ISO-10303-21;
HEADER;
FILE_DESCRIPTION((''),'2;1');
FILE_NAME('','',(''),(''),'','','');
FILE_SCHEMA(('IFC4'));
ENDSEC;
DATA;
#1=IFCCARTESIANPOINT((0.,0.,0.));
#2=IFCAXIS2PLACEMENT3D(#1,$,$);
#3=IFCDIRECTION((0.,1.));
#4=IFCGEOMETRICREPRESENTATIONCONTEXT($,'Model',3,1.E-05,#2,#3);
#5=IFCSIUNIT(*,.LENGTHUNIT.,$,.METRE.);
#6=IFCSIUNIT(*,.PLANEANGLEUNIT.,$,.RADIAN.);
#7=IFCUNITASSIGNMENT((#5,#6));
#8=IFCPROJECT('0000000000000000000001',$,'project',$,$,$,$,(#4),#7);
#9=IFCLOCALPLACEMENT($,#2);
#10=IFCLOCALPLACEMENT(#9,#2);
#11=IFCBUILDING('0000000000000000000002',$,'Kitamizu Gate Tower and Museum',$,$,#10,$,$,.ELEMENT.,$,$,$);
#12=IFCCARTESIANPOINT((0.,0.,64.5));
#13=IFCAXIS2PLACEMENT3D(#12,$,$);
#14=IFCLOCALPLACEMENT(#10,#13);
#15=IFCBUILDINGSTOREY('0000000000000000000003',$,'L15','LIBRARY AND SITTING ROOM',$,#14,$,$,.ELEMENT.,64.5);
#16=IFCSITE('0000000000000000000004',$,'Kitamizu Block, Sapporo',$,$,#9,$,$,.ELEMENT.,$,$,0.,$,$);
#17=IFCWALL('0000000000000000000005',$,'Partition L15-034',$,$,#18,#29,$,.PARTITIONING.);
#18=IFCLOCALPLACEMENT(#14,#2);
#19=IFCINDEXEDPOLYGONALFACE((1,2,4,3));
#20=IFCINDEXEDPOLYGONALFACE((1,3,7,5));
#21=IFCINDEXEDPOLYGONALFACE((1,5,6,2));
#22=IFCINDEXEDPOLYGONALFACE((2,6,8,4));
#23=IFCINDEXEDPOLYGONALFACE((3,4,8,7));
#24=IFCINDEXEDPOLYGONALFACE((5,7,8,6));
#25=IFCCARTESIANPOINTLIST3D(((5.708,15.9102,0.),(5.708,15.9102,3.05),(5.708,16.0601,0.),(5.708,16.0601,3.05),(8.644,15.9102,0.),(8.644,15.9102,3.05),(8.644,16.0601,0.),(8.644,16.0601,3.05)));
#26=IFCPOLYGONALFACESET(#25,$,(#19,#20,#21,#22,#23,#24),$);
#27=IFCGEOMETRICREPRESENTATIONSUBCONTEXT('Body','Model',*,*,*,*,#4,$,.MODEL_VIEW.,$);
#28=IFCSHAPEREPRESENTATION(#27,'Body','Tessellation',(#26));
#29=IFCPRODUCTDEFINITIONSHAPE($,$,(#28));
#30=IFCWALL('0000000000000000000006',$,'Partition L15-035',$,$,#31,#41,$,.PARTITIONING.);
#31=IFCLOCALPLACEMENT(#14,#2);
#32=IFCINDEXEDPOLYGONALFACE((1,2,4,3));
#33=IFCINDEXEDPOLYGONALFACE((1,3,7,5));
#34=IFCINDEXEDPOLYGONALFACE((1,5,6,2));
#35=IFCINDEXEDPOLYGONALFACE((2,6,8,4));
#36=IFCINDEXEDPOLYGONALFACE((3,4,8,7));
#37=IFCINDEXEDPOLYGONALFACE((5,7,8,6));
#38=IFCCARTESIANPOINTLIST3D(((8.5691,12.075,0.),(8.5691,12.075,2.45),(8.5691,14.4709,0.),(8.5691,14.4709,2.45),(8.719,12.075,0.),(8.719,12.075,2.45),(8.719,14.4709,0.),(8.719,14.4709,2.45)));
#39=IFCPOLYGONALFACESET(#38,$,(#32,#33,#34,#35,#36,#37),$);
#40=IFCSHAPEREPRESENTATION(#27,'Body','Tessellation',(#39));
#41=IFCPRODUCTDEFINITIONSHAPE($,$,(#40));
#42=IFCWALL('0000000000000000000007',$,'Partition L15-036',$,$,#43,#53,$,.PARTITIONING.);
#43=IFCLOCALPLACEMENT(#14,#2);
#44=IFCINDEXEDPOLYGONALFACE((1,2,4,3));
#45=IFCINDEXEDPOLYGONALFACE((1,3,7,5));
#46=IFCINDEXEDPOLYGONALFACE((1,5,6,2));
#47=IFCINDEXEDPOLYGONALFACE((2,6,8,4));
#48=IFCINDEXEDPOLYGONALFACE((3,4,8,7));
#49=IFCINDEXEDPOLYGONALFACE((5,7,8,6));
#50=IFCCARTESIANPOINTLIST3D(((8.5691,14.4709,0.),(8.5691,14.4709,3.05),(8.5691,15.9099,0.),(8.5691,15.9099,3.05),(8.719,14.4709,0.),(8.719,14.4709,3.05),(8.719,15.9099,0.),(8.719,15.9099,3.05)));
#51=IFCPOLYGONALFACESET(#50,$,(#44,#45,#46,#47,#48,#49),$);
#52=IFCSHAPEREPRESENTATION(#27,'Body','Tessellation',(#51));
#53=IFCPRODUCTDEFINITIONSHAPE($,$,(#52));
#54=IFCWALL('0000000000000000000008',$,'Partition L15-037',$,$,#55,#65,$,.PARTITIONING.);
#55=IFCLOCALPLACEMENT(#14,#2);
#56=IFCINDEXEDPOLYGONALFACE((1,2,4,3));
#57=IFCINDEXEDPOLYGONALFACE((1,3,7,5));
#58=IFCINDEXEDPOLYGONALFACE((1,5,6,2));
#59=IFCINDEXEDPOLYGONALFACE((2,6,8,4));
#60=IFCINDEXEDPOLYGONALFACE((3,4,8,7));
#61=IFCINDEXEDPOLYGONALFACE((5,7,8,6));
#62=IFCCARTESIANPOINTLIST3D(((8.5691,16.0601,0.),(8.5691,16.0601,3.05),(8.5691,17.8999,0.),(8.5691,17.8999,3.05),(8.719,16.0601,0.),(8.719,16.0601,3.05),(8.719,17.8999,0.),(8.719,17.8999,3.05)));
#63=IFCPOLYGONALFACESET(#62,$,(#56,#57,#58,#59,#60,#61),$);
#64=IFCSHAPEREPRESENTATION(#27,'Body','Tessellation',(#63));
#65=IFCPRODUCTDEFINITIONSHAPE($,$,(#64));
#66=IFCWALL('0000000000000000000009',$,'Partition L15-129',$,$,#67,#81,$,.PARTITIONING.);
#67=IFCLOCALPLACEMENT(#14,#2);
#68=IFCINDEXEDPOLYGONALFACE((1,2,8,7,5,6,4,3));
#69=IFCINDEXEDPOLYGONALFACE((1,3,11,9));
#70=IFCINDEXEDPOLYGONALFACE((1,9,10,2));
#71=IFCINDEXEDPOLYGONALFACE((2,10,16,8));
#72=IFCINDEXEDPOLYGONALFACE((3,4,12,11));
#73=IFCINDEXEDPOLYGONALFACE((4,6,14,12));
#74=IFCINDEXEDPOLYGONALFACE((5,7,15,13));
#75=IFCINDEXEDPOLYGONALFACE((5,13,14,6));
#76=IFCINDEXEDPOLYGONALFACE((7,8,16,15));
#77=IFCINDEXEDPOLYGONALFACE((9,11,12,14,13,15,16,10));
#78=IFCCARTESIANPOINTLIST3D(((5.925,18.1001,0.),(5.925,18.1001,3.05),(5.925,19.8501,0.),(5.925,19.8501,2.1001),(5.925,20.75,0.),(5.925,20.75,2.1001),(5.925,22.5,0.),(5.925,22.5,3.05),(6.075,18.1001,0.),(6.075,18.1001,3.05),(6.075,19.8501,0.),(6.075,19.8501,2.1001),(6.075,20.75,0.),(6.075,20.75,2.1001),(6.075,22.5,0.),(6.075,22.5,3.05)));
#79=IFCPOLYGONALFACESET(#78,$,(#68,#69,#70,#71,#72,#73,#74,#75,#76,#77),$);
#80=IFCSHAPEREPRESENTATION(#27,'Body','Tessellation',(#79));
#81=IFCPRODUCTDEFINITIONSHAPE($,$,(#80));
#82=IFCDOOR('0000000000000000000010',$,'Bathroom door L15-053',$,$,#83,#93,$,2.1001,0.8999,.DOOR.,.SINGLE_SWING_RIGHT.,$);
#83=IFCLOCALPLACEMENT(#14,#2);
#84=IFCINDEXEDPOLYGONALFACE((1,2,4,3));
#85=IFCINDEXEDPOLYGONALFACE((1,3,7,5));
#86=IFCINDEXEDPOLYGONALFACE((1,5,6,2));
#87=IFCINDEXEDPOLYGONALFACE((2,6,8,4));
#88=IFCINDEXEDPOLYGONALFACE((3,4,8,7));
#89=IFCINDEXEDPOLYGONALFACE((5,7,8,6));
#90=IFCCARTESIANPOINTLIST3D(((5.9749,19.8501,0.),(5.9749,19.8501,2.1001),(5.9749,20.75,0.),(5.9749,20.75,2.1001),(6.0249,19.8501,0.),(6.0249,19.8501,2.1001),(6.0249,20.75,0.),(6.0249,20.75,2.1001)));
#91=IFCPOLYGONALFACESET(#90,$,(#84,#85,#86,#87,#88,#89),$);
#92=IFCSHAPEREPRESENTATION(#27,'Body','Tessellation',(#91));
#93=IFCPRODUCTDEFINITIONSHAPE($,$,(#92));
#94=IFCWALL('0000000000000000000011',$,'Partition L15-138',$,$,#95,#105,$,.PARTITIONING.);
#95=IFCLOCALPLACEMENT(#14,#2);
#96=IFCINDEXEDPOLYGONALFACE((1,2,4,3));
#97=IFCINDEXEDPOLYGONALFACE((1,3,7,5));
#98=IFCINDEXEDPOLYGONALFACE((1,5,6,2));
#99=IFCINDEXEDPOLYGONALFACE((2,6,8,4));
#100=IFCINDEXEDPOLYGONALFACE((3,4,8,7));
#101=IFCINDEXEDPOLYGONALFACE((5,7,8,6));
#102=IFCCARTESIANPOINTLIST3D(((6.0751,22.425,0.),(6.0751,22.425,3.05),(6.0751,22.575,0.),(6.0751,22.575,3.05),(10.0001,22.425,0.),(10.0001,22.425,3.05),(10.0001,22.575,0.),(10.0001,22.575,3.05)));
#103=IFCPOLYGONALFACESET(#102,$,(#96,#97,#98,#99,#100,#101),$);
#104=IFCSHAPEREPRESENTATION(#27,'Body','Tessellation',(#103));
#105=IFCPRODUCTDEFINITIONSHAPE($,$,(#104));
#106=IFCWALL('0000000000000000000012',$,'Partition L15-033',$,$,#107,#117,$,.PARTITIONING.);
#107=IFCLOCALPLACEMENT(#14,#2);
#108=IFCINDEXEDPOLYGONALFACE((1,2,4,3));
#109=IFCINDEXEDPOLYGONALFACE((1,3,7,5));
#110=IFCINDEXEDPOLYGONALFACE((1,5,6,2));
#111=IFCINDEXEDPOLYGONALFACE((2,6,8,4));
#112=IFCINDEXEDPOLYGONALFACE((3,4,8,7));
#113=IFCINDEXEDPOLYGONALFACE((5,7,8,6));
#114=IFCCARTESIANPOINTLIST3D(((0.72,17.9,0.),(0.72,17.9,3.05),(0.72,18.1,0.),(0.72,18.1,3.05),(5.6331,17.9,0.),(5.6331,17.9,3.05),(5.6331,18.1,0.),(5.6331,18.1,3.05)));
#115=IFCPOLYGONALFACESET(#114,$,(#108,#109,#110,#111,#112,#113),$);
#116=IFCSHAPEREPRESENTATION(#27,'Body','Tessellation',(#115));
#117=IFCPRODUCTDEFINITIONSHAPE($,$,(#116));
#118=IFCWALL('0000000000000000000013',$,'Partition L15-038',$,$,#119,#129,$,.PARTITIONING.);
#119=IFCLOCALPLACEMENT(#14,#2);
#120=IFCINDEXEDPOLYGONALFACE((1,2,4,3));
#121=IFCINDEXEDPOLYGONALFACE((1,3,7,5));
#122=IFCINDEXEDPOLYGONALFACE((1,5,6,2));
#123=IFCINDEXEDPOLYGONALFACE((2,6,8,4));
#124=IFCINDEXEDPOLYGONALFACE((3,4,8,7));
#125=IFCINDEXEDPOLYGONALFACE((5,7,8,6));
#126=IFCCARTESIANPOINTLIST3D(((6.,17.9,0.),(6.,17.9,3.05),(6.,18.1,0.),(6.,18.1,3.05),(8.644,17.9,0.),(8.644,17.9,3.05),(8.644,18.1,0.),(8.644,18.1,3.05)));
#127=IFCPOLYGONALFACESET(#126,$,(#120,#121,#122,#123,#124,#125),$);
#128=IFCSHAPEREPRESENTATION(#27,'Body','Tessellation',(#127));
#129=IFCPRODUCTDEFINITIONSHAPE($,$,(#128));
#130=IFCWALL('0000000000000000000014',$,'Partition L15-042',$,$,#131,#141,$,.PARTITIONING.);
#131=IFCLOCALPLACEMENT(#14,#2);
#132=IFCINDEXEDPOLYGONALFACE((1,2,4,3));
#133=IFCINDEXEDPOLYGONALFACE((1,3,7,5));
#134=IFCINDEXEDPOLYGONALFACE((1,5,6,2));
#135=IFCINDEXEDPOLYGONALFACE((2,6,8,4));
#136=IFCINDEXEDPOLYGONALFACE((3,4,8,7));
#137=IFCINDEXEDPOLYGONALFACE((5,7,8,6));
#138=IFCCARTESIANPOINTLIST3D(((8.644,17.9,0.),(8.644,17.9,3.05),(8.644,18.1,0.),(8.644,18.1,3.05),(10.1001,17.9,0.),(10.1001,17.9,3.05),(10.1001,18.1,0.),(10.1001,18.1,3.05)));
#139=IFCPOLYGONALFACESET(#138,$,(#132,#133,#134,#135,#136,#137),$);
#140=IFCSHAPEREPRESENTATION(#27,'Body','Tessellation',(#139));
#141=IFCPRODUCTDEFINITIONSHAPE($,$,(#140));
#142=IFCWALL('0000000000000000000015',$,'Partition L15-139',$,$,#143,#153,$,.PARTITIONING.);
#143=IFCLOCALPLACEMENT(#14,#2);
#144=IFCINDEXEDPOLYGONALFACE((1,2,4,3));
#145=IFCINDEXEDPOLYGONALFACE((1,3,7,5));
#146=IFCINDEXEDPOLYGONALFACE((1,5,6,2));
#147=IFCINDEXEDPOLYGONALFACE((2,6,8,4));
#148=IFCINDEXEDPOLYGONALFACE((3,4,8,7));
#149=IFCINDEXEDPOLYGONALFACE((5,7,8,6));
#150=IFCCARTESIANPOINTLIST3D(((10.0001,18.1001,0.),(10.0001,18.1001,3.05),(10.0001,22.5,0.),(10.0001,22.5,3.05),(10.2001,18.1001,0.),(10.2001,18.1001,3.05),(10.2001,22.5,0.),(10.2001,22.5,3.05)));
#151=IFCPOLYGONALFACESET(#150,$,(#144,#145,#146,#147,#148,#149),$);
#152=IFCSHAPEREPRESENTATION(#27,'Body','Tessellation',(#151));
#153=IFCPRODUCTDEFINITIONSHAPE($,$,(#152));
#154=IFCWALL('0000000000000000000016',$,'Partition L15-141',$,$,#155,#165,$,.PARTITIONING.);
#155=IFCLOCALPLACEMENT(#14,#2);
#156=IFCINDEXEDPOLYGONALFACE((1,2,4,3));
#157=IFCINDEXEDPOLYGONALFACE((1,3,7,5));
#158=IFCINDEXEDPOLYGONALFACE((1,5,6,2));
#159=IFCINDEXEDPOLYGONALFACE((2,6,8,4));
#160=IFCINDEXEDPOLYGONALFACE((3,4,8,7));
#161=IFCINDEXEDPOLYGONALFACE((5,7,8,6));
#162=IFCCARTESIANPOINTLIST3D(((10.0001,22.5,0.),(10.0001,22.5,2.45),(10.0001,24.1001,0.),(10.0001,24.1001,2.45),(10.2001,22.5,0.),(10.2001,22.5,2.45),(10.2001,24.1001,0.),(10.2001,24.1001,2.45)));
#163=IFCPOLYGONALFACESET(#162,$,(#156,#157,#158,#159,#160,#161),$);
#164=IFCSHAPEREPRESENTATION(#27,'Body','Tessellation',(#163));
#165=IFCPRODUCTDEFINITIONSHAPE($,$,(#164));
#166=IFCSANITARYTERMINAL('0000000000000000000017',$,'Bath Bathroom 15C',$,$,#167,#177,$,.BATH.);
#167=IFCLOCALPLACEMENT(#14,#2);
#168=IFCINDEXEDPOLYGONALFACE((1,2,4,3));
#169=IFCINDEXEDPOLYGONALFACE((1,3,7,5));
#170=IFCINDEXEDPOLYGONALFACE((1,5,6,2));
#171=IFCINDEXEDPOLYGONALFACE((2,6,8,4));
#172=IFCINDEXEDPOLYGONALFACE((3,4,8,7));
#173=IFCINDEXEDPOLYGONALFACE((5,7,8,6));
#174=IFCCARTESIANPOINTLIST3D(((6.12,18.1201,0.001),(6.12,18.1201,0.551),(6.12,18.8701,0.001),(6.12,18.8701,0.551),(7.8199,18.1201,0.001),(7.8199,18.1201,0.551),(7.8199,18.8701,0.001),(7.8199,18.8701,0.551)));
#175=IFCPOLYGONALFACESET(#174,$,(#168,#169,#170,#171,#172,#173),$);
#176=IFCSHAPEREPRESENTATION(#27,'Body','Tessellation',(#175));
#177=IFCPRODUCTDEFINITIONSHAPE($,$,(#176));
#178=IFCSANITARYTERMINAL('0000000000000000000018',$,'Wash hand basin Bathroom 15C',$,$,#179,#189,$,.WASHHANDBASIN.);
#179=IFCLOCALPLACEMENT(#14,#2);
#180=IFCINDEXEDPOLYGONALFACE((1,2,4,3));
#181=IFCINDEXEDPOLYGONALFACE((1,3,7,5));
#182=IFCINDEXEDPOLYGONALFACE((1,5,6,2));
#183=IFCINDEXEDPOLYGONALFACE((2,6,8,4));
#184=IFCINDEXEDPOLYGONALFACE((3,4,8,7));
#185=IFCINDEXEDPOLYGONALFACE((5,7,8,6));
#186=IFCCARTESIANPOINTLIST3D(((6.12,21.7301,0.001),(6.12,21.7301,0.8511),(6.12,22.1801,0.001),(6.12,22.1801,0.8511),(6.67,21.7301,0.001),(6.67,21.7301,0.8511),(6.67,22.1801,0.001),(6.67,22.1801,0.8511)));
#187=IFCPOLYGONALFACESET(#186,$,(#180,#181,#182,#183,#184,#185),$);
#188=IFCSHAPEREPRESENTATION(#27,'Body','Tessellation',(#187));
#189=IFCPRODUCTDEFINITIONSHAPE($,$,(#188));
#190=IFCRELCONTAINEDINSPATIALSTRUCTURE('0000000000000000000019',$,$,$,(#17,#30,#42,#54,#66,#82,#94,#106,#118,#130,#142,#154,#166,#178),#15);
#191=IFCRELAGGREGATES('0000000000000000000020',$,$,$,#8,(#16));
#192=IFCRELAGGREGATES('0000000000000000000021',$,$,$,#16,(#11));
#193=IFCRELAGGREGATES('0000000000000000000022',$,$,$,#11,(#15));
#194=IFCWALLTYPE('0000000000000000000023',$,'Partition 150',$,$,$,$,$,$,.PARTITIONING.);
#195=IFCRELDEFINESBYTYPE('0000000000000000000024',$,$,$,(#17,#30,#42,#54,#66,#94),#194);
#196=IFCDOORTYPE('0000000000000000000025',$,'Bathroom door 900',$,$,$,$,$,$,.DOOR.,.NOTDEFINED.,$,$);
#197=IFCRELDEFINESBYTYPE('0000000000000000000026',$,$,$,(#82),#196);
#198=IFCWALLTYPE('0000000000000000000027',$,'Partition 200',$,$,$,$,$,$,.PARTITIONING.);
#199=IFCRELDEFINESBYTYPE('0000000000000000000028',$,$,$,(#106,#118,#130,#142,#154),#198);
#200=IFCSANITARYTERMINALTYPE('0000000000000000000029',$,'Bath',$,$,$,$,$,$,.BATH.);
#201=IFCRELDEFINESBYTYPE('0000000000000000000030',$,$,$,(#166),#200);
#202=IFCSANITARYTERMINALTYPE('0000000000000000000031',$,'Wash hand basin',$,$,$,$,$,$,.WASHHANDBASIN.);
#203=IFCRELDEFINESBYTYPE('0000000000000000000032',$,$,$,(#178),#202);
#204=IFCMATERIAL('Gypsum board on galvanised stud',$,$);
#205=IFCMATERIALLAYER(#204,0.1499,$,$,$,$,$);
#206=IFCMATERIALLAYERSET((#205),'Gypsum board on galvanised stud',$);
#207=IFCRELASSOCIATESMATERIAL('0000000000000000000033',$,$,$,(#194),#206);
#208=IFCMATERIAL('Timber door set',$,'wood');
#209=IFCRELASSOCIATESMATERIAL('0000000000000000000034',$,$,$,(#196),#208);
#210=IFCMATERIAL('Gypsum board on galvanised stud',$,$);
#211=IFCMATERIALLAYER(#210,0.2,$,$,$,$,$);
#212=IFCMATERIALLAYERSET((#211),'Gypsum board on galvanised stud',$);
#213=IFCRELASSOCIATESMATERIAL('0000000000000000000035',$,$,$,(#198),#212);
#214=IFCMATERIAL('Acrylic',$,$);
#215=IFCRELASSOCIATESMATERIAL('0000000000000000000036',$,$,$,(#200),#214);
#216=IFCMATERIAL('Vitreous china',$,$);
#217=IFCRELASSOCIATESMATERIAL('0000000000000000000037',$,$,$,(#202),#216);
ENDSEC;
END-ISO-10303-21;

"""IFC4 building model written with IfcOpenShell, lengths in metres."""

from ifc_helpers import new_model, si_unit, direction, frame, frame_2d, origin, origin_2d, place, context, subcontext, project, spatial, rectangle, extrude, material, layer, layer_set, type_object, element, fill, save


model = new_model("IFC4")

# Units and contexts
model_context = context("Model", 3, precision=1e-05, world=origin(), true_north=direction((0.0, 1.0)))
body_context = subcontext(model_context, "Body", "Model", "MODEL_VIEW")
ifc_project = project(units=[si_unit("LENGTHUNIT", "METRE"), si_unit("PLANEANGLEUNIT", "RADIAN")], contexts=[model_context])

# Site, building, storey
site_placement = place(None, origin())
site = spatial("IfcSite", under=ifc_project, at=site_placement, Name="Kitamizu Block, Sapporo", CompositionType="ELEMENT", RefElevation=0.0)
building_placement = place(site_placement, origin())
building = spatial("IfcBuilding", under=site, at=building_placement, Name="Kitamizu Gate Tower and Museum", CompositionType="ELEMENT")
storey_placement = place(building_placement, frame((0.0, 0.0, 64.5)))
storey = spatial("IfcBuildingStorey", under=building, at=storey_placement, Name="L15", Description="LIBRARY AND SITTING ROOM", CompositionType="ELEMENT", Elevation=64.5)

# Shared definitions
ifc_material_1 = material(Name="Gypsum board on galvanised stud")
ifc_layer_1 = layer(ifc_material_1, 0.1499)
ifc_layer_set_1 = layer_set([ifc_layer_1], Name="Gypsum board on galvanised stud")
wall_type_1 = type_object("IfcWallType", Name="Partition 150", PredefinedType="PARTITIONING", material=ifc_layer_set_1)

# Shared definitions
ifc_material_2 = material(Name="Timber door set", Category="wood")
door_type_1 = type_object("IfcDoorType", Name="Bathroom door 900", OperationType="NOTDEFINED", PredefinedType="DOOR", material=ifc_material_2)

# Walls
wall_1_placement = place(storey_placement, frame((8.644, 15.9851, 0.0), z_axis=(0.0, 0.0, 1.0), x_axis=(-1.0, 0.0, 0.0)))
element("IfcWall", 1, at=wall_1_placement, inside=storey, type_object=wall_type_1, Name="Partition L15-034", PredefinedType="PARTITIONING", context=body_context, shape_type="SweptSolid", body=[
    extrude(rectangle(XDim=2.936, YDim=0.1499, at=frame_2d((1.468, 0.0))), origin(), (0.0, 0.0, 1.0), 3.05),
])
wall_2_placement = place(storey_placement, frame((8.644, 12.075, 0.0), z_axis=(0.0, 0.0, 1.0), x_axis=(0.0, 1.0, 0.0)))
element("IfcWall", 2, at=wall_2_placement, inside=storey, type_object=wall_type_1, Name="Partition L15-035", PredefinedType="PARTITIONING", context=body_context, shape_type="SweptSolid", body=[
    extrude(rectangle(XDim=2.396, YDim=0.1499, at=frame_2d((1.198, 0.0))), origin(), (0.0, 0.0, 1.0), 2.45),
])
wall_3_placement = place(storey_placement, frame((8.644, 14.4709, 0.0), z_axis=(0.0, 0.0, 1.0), x_axis=(0.0, 1.0, 0.0)))
element("IfcWall", 3, at=wall_3_placement, inside=storey, type_object=wall_type_1, Name="Partition L15-036", PredefinedType="PARTITIONING", context=body_context, shape_type="SweptSolid", body=[
    extrude(rectangle(XDim=1.439, YDim=0.1499, at=frame_2d((0.7195, 0.0))), origin(), (0.0, 0.0, 1.0), 3.05),
])
wall_4_placement = place(storey_placement, frame((8.644, 16.0601, 0.0), z_axis=(0.0, 0.0, 1.0), x_axis=(0.0, 1.0, 0.0)))
element("IfcWall", 4, at=wall_4_placement, inside=storey, type_object=wall_type_1, Name="Partition L15-037", PredefinedType="PARTITIONING", context=body_context, shape_type="SweptSolid", body=[
    extrude(rectangle(XDim=1.8398, YDim=0.1499, at=frame_2d((0.9199, 0.0))), origin(), (0.0, 0.0, 1.0), 3.05),
])

# Wall, opening, door
wall_5_placement = place(storey_placement, frame((6.0, 18.1001, 0.0), z_axis=(0.0, 0.0, 1.0), x_axis=(0.0, 1.0, 0.0)))
wall_5 = element("IfcWall", 5, at=wall_5_placement, inside=storey, type_object=wall_type_1, Name="Partition L15-129", PredefinedType="PARTITIONING", context=body_context, shape_type="SweptSolid", body=[
    extrude(rectangle(XDim=4.3999, YDim=0.1499, at=frame_2d((2.2, 0.0))), origin(), (0.0, 0.0, 1.0), 3.05),
])
opening_1_placement = place(wall_5_placement, frame((1.75, 0.0, 0.0)))
opening_1 = element("IfcOpeningElement", 6, at=opening_1_placement, cuts=wall_5, PredefinedType="OPENING", context=body_context, shape_type="SweptSolid", body=[
    extrude(rectangle(XDim=0.8999, YDim=2.1001, at=frame_2d((0.45, 1.05))), frame((0.0, 0.085, 0.0), z_axis=(0.0, -1.0, 0.0), x_axis=(1.0, 0.0, 0.0)), (0.0, 0.0, 1.0), 0.1699),
])
door_1_placement = place(opening_1_placement, frame((0.8999, 0.0, 0.0), x_axis=(-1.0, 0.0, 0.0)))
door_1 = element("IfcDoor", 7, at=door_1_placement, inside=storey, type_object=door_type_1, Name="Bathroom door L15-053", OperationType="SINGLE_SWING_RIGHT", OverallHeight=2.1001, OverallWidth=0.8999, PredefinedType="DOOR", context=body_context, shape_type="SweptSolid", body=[
    extrude(rectangle(XDim=0.8999, YDim=2.1001, at=frame_2d((0.45, 1.05))), frame((0.0, 0.0249, 0.0), z_axis=(0.0, -1.0, 0.0), x_axis=(1.0, 0.0, 0.0)), (0.0, 0.0, 1.0), 0.05),
])
fill(opening_1, door_1)

# Walls
wall_6_placement = place(storey_placement, frame((10.0, 22.5, 0.0), z_axis=(0.0, 0.0, 1.0), x_axis=(-1.0, 0.0, 0.0)))
element("IfcWall", 8, at=wall_6_placement, inside=storey, type_object=wall_type_1, Name="Partition L15-138", PredefinedType="PARTITIONING", context=body_context, shape_type="SweptSolid", body=[
    extrude(rectangle(XDim=3.925, YDim=0.1499, at=frame_2d((1.9624, 0.0))), origin(), (0.0, 0.0, 1.0), 3.05),
])
ifc_material_3 = material(Name="Gypsum board on galvanised stud")
ifc_layer_2 = layer(ifc_material_3, 0.2)
ifc_layer_set_2 = layer_set([ifc_layer_2], Name="Gypsum board on galvanised stud")
wall_type_2 = type_object("IfcWallType", Name="Partition 200", PredefinedType="PARTITIONING", material=ifc_layer_set_2)
wall_7_placement = place(storey_placement, frame((5.6331, 18.0, 0.0), z_axis=(0.0, 0.0, 1.0), x_axis=(-1.0, 0.0, 0.0)))
element("IfcWall", 9, at=wall_7_placement, inside=storey, type_object=wall_type_2, Name="Partition L15-033", PredefinedType="PARTITIONING", context=body_context, shape_type="SweptSolid", body=[
    extrude(rectangle(XDim=4.9131, YDim=0.2, at=frame_2d((2.4565, 0.0))), origin(), (0.0, 0.0, 1.0), 3.05),
])
wall_8_placement = place(storey_placement, frame((8.644, 18.0, 0.0), z_axis=(0.0, 0.0, 1.0), x_axis=(-1.0, 0.0, 0.0)))
element("IfcWall", 10, at=wall_8_placement, inside=storey, type_object=wall_type_2, Name="Partition L15-038", PredefinedType="PARTITIONING", context=body_context, shape_type="SweptSolid", body=[
    extrude(rectangle(XDim=2.644, YDim=0.2, at=frame_2d((1.322, 0.0))), origin(), (0.0, 0.0, 1.0), 3.05),
])
wall_9_placement = place(storey_placement, frame((10.1001, 18.0, 0.0), z_axis=(0.0, 0.0, 1.0), x_axis=(-1.0, 0.0, 0.0)))
element("IfcWall", 11, at=wall_9_placement, inside=storey, type_object=wall_type_2, Name="Partition L15-042", PredefinedType="PARTITIONING", context=body_context, shape_type="SweptSolid", body=[
    extrude(rectangle(XDim=1.4561, YDim=0.2, at=frame_2d((0.728, 0.0))), origin(), (0.0, 0.0, 1.0), 3.05),
])
wall_10_placement = place(storey_placement, frame((10.1001, 18.1001, 0.0), z_axis=(0.0, 0.0, 1.0), x_axis=(0.0, 1.0, 0.0)))
element("IfcWall", 12, at=wall_10_placement, inside=storey, type_object=wall_type_2, Name="Partition L15-139", PredefinedType="PARTITIONING", context=body_context, shape_type="SweptSolid", body=[
    extrude(rectangle(XDim=4.3999, YDim=0.2, at=frame_2d((2.2, 0.0))), origin(), (0.0, 0.0, 1.0), 3.05),
])
wall_11_placement = place(storey_placement, frame((10.1001, 22.5, 0.0), z_axis=(0.0, 0.0, 1.0), x_axis=(0.0, 1.0, 0.0)))
element("IfcWall", 13, at=wall_11_placement, inside=storey, type_object=wall_type_2, Name="Partition L15-141", PredefinedType="PARTITIONING", context=body_context, shape_type="SweptSolid", body=[
    extrude(rectangle(XDim=1.6001, YDim=0.2, at=frame_2d((0.8, 0.0))), origin(), (0.0, 0.0, 1.0), 2.45),
])

# Sanitary terminals
ifc_material_4 = material(Name="Acrylic")
sanitary_terminal_type_1 = type_object("IfcSanitaryTerminalType", Name="Bath", PredefinedType="BATH", material=ifc_material_4)
sanitary_terminal_1_placement = place(storey_placement, frame((6.97, 18.4951, 0.001), z_axis=(0.0, 0.0, 1.0), x_axis=(1.0, 0.0, 0.0)))
element("IfcSanitaryTerminal", 14, at=sanitary_terminal_1_placement, inside=storey, type_object=sanitary_terminal_type_1, Name="Bath Bathroom 15C", PredefinedType="BATH", context=body_context, shape_type="SweptSolid", body=[
    extrude(rectangle(XDim=1.7, YDim=0.75, at=origin_2d()), origin(), (0.0, 0.0, 1.0), 0.55),
])
ifc_material_5 = material(Name="Vitreous china")
sanitary_terminal_type_2 = type_object("IfcSanitaryTerminalType", Name="Wash hand basin", PredefinedType="WASHHANDBASIN", material=ifc_material_5)
sanitary_terminal_2_placement = place(storey_placement, frame((6.395, 21.9551, 0.001), z_axis=(0.0, 0.0, 1.0), x_axis=(1.0, 0.0, 0.0)))
element("IfcSanitaryTerminal", 15, at=sanitary_terminal_2_placement, inside=storey, type_object=sanitary_terminal_type_2, Name="Wash hand basin Bathroom 15C", PredefinedType="WASHHANDBASIN", context=body_context, shape_type="SweptSolid", body=[
    extrude(rectangle(XDim=0.55, YDim=0.45, at=origin_2d()), origin(), (0.0, 0.0, 1.0), 0.8501),
])

save(model, "model.ifc")
